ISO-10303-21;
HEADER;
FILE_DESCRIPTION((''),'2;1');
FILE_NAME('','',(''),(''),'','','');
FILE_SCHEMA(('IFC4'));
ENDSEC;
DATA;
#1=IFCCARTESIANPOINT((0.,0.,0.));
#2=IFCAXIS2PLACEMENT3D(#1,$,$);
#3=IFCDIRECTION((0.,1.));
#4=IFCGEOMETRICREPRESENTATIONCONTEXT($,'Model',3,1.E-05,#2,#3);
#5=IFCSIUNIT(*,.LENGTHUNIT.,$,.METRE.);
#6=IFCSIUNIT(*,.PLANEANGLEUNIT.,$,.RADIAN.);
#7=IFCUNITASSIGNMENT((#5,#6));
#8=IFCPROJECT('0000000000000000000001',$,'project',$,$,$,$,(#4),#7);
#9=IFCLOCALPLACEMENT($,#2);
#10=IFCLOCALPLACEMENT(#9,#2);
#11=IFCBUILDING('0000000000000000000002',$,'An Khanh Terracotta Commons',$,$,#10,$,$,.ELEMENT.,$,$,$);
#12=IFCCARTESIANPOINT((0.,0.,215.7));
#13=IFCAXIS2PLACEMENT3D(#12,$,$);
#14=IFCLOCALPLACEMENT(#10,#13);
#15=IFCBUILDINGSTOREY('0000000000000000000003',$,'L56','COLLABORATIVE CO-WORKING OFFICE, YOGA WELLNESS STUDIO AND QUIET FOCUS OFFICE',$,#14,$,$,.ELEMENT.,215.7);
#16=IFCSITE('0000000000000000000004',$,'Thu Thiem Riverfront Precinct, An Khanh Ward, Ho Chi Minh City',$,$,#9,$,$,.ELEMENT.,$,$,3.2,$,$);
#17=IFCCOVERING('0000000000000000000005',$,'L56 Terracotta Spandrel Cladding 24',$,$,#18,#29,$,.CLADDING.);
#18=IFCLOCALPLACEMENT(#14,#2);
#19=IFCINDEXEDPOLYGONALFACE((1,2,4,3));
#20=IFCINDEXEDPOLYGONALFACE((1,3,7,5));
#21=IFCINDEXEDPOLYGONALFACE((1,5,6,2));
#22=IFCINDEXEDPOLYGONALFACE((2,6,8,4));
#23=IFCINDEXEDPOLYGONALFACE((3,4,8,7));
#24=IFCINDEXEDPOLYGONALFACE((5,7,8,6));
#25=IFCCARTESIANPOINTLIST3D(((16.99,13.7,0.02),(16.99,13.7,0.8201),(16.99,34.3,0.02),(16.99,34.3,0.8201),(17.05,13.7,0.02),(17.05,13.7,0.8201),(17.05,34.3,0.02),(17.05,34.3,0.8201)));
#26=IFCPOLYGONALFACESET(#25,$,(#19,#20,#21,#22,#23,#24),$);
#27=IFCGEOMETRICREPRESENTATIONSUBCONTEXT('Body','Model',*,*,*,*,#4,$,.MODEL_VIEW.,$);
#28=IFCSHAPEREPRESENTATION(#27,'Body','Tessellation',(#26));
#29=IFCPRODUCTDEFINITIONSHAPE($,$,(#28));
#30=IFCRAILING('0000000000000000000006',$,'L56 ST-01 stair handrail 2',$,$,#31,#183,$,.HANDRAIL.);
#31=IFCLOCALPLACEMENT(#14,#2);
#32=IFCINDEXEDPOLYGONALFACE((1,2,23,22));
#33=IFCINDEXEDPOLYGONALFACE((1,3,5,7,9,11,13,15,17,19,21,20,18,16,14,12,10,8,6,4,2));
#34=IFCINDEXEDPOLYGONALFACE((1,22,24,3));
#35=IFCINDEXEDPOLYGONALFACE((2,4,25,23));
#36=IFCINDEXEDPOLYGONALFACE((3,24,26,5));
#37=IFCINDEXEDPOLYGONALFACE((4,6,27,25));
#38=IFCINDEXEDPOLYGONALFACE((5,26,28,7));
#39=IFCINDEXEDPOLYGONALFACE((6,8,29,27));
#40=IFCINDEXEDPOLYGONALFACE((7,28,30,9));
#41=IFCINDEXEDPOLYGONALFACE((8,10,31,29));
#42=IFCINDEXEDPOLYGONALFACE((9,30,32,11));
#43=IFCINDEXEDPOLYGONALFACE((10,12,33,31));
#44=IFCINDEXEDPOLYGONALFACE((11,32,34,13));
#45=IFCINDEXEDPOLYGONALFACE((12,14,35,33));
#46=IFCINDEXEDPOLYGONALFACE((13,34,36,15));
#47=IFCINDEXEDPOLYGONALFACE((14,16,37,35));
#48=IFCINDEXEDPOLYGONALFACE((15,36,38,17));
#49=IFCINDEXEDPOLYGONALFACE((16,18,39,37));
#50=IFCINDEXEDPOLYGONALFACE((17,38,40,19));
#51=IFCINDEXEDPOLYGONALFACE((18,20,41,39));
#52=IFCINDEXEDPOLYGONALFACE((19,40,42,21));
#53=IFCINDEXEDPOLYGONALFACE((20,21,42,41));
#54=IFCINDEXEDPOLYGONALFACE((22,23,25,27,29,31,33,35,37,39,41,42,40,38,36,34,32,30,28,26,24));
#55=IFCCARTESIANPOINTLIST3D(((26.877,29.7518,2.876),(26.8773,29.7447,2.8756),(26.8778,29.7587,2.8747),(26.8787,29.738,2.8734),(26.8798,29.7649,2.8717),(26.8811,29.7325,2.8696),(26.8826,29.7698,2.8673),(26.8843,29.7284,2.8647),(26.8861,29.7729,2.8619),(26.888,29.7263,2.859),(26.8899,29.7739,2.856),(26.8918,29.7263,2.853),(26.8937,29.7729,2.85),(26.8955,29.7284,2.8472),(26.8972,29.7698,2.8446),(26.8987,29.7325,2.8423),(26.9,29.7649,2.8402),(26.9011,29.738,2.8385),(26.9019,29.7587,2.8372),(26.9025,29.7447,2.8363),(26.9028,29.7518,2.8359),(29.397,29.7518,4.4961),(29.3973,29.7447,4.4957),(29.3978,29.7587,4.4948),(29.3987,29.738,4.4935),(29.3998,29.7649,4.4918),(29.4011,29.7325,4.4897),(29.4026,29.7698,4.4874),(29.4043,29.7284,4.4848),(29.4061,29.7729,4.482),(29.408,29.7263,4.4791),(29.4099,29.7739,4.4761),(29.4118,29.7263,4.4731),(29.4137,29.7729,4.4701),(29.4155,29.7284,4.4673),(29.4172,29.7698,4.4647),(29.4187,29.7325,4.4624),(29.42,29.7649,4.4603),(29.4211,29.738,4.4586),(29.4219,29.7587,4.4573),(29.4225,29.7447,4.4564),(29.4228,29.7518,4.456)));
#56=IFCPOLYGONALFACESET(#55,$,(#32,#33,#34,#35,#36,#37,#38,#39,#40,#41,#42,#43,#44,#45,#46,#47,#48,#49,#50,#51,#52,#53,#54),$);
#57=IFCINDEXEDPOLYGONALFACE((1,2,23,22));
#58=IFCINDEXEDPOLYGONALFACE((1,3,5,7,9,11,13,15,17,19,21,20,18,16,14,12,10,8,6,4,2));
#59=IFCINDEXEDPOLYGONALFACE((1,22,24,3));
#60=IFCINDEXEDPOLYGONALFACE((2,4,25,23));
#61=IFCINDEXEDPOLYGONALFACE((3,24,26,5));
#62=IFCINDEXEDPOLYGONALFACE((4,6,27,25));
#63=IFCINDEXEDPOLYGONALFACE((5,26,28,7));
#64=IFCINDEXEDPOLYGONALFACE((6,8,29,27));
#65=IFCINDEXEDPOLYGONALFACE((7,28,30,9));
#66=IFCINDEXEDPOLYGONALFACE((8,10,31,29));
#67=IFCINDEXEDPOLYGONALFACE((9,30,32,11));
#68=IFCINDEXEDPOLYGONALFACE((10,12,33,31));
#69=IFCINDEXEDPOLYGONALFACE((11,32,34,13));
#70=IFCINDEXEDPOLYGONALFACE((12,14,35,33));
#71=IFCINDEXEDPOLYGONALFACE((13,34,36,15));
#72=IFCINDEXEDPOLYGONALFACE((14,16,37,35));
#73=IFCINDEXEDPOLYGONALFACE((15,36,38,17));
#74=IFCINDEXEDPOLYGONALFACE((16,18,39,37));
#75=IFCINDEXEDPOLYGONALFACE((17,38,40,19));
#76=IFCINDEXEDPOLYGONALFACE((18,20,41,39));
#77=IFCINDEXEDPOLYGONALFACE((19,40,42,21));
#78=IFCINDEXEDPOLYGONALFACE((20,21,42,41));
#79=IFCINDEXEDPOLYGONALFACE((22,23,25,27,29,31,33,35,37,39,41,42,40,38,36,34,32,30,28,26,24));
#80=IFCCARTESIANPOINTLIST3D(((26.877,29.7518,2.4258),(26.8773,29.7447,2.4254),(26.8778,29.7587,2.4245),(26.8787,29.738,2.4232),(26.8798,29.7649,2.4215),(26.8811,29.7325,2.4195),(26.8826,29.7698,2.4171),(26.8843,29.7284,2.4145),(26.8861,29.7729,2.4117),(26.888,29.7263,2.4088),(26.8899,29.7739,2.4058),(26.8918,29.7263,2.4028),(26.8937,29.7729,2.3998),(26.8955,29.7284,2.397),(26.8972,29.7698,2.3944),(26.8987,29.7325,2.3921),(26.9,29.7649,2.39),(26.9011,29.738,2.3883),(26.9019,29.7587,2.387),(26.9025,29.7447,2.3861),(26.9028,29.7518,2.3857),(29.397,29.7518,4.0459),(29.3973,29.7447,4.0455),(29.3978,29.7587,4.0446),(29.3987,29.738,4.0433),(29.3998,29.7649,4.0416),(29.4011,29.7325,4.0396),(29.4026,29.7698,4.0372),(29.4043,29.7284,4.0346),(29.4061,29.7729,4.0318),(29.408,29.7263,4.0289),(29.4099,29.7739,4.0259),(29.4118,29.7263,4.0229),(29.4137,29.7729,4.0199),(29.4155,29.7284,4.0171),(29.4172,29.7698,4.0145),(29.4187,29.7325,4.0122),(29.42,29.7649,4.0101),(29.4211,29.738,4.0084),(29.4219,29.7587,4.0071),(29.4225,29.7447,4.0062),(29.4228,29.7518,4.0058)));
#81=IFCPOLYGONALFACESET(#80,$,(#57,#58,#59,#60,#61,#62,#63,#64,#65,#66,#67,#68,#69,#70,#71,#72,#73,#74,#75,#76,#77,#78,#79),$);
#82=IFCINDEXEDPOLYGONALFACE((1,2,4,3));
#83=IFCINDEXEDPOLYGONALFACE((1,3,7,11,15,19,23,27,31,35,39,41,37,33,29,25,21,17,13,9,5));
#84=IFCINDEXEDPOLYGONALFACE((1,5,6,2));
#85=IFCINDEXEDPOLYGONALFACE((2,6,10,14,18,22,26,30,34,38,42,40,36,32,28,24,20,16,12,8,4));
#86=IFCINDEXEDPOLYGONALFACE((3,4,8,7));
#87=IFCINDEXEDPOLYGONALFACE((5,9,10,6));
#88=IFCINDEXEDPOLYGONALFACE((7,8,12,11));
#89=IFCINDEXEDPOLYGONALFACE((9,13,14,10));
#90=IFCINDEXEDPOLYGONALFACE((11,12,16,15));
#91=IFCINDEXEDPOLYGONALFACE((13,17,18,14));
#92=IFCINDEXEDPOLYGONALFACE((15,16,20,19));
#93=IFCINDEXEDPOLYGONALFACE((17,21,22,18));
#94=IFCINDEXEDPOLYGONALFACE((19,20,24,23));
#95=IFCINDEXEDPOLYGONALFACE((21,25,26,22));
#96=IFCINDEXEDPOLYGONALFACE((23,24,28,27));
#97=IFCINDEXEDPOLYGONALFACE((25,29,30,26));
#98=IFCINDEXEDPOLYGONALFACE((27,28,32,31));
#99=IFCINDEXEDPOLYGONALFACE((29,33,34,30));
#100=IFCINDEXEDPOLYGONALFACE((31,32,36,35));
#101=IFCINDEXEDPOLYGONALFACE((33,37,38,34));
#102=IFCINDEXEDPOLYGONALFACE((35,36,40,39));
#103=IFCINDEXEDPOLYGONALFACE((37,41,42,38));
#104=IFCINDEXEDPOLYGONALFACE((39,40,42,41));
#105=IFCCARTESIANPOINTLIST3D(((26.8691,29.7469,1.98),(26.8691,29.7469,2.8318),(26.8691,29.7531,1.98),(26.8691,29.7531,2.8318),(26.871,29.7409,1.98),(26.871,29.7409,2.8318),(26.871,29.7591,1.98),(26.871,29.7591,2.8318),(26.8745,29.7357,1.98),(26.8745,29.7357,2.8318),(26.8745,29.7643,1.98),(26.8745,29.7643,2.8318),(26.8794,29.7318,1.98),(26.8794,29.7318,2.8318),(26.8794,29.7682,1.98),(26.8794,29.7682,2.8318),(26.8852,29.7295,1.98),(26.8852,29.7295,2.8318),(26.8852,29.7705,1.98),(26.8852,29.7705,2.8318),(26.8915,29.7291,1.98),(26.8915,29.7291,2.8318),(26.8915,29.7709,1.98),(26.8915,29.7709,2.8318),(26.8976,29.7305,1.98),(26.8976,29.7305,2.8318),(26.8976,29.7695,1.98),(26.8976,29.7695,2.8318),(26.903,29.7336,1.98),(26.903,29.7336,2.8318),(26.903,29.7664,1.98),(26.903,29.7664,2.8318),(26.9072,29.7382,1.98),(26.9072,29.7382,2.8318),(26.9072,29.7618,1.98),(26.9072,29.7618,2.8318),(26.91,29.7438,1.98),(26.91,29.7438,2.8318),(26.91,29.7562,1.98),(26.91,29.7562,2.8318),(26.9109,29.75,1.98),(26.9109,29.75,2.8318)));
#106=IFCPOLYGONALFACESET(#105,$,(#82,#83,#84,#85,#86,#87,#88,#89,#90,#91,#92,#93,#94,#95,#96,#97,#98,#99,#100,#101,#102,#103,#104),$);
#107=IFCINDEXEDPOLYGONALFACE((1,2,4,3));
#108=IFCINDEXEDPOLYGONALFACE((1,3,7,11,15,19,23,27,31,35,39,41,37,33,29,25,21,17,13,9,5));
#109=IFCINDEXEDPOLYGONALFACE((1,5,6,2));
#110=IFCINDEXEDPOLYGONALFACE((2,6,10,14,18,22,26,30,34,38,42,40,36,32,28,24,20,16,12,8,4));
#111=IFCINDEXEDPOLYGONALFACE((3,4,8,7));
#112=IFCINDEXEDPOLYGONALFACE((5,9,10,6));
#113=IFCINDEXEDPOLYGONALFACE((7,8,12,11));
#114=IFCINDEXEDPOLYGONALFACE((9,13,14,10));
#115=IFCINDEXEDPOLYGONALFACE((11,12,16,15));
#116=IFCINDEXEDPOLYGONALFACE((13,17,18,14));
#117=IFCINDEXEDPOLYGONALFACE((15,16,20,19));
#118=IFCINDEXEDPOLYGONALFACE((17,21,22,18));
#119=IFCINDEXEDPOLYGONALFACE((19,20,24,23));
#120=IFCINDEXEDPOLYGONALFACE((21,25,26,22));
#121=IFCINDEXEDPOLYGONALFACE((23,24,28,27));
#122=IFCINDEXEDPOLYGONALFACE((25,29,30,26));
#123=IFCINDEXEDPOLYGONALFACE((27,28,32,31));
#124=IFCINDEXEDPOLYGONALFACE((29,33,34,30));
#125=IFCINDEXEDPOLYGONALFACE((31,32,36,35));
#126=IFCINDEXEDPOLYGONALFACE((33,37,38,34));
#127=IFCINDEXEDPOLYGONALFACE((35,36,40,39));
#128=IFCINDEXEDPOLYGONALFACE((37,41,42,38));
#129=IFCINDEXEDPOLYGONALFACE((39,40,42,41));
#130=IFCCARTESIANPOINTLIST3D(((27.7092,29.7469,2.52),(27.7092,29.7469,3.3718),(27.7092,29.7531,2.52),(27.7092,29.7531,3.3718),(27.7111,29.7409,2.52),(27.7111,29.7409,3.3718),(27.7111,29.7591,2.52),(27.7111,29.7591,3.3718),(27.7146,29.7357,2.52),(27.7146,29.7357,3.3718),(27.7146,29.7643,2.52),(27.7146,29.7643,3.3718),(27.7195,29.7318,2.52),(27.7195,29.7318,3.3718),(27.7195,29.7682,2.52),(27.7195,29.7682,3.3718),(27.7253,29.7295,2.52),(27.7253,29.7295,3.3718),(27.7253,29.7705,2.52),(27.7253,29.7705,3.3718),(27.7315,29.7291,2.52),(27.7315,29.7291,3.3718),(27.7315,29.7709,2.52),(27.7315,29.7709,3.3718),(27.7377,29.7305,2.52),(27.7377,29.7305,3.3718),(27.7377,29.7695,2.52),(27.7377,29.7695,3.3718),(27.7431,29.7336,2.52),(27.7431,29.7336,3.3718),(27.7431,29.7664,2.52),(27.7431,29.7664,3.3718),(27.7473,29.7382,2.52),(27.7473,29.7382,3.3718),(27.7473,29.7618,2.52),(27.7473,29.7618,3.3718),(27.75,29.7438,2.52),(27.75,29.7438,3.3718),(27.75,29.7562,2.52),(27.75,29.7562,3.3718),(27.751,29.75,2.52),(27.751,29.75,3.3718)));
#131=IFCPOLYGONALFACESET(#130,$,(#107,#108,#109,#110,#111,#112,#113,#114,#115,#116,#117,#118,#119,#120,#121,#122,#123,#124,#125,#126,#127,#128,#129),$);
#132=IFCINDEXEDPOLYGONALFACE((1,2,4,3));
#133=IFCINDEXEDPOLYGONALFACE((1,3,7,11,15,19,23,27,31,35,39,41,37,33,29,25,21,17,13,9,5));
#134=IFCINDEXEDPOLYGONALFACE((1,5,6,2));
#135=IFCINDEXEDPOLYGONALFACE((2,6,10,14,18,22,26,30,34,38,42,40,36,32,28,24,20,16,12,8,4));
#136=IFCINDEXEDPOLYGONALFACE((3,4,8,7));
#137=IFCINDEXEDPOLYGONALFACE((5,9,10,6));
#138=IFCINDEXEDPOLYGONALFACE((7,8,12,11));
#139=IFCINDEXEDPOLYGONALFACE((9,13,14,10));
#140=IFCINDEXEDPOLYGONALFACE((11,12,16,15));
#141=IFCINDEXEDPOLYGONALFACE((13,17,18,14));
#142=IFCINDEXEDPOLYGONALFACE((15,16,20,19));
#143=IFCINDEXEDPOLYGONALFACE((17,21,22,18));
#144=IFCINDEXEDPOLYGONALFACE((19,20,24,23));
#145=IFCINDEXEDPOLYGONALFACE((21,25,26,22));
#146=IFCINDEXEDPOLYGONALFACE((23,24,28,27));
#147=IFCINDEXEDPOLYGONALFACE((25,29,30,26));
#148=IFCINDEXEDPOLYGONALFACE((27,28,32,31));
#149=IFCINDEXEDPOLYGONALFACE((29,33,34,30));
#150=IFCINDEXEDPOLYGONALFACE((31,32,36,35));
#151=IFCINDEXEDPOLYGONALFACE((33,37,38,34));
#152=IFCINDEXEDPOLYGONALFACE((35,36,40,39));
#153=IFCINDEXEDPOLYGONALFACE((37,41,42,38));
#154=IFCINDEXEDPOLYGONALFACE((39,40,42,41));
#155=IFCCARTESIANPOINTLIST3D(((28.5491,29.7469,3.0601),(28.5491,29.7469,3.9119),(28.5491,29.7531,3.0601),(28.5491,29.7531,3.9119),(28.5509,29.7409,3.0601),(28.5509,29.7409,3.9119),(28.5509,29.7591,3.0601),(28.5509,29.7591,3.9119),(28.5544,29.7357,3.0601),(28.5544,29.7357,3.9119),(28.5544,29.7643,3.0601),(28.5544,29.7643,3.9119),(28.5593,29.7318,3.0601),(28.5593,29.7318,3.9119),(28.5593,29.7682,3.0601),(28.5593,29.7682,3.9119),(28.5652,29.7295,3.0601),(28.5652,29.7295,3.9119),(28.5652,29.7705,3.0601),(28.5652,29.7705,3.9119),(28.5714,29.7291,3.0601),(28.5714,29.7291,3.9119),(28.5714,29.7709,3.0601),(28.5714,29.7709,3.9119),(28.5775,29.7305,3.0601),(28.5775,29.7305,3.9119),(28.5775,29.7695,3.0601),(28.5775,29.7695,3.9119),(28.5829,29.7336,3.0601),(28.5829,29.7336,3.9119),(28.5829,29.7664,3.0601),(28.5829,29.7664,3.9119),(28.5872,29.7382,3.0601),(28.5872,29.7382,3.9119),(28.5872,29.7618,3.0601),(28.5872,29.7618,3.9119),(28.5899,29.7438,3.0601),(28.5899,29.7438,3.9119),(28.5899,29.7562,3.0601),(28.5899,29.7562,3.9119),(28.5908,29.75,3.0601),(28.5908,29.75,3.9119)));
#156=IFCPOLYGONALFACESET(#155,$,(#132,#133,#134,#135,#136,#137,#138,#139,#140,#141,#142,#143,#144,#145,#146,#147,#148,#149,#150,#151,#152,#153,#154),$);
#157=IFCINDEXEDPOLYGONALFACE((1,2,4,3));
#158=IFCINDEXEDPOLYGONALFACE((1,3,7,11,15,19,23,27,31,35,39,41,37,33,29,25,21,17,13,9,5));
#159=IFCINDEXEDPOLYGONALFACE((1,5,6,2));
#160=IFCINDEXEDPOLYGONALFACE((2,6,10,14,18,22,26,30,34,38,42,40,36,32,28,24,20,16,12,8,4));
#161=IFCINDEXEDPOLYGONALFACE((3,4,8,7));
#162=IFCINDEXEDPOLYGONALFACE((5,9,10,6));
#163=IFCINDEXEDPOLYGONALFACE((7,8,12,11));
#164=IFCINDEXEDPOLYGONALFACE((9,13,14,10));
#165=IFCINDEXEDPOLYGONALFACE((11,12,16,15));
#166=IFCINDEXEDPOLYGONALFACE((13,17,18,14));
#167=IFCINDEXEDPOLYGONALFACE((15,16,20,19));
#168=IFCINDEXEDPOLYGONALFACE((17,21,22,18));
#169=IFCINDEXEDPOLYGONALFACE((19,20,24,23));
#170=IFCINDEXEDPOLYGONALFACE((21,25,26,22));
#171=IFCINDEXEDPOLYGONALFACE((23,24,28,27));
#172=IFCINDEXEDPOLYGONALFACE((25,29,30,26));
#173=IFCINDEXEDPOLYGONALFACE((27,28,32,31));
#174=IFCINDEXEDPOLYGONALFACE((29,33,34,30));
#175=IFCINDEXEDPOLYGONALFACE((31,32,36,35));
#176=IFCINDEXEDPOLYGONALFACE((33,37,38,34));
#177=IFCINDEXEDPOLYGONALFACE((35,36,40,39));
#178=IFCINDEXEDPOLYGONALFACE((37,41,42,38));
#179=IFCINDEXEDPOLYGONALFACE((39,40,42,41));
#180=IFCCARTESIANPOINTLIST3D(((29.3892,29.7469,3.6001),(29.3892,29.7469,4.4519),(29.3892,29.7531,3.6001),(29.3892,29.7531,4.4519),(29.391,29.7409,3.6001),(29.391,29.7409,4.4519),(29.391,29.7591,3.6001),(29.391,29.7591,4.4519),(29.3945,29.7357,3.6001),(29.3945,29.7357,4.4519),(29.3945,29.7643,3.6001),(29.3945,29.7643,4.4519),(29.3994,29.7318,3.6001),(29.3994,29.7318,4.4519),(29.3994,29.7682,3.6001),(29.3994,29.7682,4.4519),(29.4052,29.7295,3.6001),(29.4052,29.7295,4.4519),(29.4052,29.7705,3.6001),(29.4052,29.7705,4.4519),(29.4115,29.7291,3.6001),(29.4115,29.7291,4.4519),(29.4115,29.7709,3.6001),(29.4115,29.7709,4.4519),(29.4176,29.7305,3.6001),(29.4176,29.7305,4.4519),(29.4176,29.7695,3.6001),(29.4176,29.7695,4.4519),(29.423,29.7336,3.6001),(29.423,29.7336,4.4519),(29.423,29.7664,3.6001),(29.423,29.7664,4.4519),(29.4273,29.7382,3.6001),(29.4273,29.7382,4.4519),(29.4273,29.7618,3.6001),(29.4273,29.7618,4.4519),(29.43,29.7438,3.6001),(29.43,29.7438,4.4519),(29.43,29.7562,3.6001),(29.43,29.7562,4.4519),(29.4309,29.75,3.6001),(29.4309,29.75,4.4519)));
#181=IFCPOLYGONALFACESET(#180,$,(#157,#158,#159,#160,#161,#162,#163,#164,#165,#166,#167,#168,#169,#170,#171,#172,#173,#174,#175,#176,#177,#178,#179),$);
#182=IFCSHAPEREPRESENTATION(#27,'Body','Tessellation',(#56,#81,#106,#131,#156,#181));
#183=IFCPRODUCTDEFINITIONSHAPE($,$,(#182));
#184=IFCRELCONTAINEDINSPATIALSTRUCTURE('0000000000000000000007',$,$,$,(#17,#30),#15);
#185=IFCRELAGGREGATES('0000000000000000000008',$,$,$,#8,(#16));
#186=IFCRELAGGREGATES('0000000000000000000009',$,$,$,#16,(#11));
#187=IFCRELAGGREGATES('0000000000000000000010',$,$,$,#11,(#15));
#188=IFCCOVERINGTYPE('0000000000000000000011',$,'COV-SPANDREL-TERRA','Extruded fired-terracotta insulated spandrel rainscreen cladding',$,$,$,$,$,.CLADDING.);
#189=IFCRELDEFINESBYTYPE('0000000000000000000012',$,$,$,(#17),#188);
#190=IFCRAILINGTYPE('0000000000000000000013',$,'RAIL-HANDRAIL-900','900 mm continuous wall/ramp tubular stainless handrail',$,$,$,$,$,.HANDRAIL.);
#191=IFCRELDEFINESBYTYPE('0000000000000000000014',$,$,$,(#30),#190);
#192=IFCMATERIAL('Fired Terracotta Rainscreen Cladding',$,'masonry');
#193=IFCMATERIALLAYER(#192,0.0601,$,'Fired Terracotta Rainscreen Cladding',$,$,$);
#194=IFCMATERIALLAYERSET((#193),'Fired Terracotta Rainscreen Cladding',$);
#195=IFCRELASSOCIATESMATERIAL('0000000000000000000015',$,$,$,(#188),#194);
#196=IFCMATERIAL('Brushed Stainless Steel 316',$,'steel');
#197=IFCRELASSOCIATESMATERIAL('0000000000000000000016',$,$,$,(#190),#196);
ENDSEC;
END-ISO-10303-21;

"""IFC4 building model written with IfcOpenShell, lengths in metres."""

from ifc_helpers import new_model, si_unit, direction, frame, origin, origin_2d, place, context, subcontext, project, spatial, rectangle, circle, extrude, material, layer, layer_set, type_object, element, save


model = new_model("IFC4")

# Units and contexts
model_context = context("Model", 3, precision=1e-05, world=origin(), true_north=direction((0.0, 1.0)))
body_context = subcontext(model_context, "Body", "Model", "MODEL_VIEW")
ifc_project = project(units=[si_unit("LENGTHUNIT", "METRE"), si_unit("PLANEANGLEUNIT", "RADIAN")], contexts=[model_context])

# Site, building, storey
site_placement = place(None, origin())
site = spatial("IfcSite", under=ifc_project, at=site_placement, Name="Thu Thiem Riverfront Precinct, An Khanh Ward, Ho Chi Minh City", CompositionType="ELEMENT", RefElevation=3.2)
building_placement = place(site_placement, origin())
building = spatial("IfcBuilding", under=site, at=building_placement, Name="An Khanh Terracotta Commons", CompositionType="ELEMENT")
storey_placement = place(building_placement, frame((0.0, 0.0, 215.7)))
storey = spatial("IfcBuildingStorey", under=building, at=storey_placement, Name="L56", Description="COLLABORATIVE CO-WORKING OFFICE, YOGA WELLNESS STUDIO AND QUIET FOCUS OFFICE", CompositionType="ELEMENT", Elevation=215.7)

# Covering
ifc_material_1 = material(Name="Fired Terracotta Rainscreen Cladding", Category="masonry")
ifc_layer_1 = layer(ifc_material_1, 0.0601, Name="Fired Terracotta Rainscreen Cladding")
ifc_layer_set_1 = layer_set([ifc_layer_1], Name="Fired Terracotta Rainscreen Cladding")
covering_type = type_object("IfcCoveringType", Name="COV-SPANDREL-TERRA", Description="Extruded fired-terracotta insulated spandrel rainscreen cladding", PredefinedType="CLADDING", material=ifc_layer_set_1)
covering_placement = place(storey_placement, frame((17.02, 24.0, 0.02), z_axis=(0.0, 0.0, 1.0), x_axis=(0.0, -1.0, 0.0)))
element("IfcCovering", 1, at=covering_placement, inside=storey, type_object=covering_type, Name="L56 Terracotta Spandrel Cladding 24", PredefinedType="CLADDING", context=body_context, shape_type="SweptSolid", body=[
    extrude(rectangle(XDim=20.6001, YDim=0.0601, at=origin_2d()), origin(), (0.0, 0.0, 1.0), 0.8),
])

# Railing
ifc_material_2 = material(Name="Brushed Stainless Steel 316", Category="steel")
railing_type_1 = type_object("IfcRailingType", Name="RAIL-HANDRAIL-900", Description="900 mm continuous wall/ramp tubular stainless handrail", PredefinedType="HANDRAIL", material=ifc_material_2)
railing_1_placement = place(storey_placement, frame((26.8899, 29.75, 1.98)))
element("IfcRailing", 2, at=railing_1_placement, inside=storey, type_object=railing_type_1, Name="L56 ST-01 stair handrail 2", PredefinedType="HANDRAIL", context=body_context, shape_type="SweptSolid", body=[
    extrude(circle(Radius=0.0239, at=origin_2d()), frame((0.0, 0.0, 0.876), z_axis=(0.841163, 0.0, 0.540782), x_axis=(0.0, 1.0, 0.0)), (0.0, 0.0, 1.0), 2.9958),
    extrude(circle(Radius=0.0239, at=origin_2d()), frame((0.0, 0.0, 0.4258), z_axis=(0.841163, 0.0, 0.540782), x_axis=(0.0, 1.0, 0.0)), (0.0, 0.0, 1.0), 2.9958),
    extrude(circle(Radius=0.021, at=origin_2d()), origin(), (0.0, 0.0, 1.0), 0.8518),
    extrude(circle(Radius=0.021, at=origin_2d()), frame((0.8401, 0.0, 0.54)), (0.0, 0.0, 1.0), 0.8518),
    extrude(circle(Radius=0.021, at=origin_2d()), frame((1.6799, 0.0, 1.0801)), (0.0, 0.0, 1.0), 0.8518),
    extrude(circle(Radius=0.021, at=origin_2d()), frame((2.52, 0.0, 1.6201)), (0.0, 0.0, 1.0), 0.8518),
])

save(model, "model.ifc")
